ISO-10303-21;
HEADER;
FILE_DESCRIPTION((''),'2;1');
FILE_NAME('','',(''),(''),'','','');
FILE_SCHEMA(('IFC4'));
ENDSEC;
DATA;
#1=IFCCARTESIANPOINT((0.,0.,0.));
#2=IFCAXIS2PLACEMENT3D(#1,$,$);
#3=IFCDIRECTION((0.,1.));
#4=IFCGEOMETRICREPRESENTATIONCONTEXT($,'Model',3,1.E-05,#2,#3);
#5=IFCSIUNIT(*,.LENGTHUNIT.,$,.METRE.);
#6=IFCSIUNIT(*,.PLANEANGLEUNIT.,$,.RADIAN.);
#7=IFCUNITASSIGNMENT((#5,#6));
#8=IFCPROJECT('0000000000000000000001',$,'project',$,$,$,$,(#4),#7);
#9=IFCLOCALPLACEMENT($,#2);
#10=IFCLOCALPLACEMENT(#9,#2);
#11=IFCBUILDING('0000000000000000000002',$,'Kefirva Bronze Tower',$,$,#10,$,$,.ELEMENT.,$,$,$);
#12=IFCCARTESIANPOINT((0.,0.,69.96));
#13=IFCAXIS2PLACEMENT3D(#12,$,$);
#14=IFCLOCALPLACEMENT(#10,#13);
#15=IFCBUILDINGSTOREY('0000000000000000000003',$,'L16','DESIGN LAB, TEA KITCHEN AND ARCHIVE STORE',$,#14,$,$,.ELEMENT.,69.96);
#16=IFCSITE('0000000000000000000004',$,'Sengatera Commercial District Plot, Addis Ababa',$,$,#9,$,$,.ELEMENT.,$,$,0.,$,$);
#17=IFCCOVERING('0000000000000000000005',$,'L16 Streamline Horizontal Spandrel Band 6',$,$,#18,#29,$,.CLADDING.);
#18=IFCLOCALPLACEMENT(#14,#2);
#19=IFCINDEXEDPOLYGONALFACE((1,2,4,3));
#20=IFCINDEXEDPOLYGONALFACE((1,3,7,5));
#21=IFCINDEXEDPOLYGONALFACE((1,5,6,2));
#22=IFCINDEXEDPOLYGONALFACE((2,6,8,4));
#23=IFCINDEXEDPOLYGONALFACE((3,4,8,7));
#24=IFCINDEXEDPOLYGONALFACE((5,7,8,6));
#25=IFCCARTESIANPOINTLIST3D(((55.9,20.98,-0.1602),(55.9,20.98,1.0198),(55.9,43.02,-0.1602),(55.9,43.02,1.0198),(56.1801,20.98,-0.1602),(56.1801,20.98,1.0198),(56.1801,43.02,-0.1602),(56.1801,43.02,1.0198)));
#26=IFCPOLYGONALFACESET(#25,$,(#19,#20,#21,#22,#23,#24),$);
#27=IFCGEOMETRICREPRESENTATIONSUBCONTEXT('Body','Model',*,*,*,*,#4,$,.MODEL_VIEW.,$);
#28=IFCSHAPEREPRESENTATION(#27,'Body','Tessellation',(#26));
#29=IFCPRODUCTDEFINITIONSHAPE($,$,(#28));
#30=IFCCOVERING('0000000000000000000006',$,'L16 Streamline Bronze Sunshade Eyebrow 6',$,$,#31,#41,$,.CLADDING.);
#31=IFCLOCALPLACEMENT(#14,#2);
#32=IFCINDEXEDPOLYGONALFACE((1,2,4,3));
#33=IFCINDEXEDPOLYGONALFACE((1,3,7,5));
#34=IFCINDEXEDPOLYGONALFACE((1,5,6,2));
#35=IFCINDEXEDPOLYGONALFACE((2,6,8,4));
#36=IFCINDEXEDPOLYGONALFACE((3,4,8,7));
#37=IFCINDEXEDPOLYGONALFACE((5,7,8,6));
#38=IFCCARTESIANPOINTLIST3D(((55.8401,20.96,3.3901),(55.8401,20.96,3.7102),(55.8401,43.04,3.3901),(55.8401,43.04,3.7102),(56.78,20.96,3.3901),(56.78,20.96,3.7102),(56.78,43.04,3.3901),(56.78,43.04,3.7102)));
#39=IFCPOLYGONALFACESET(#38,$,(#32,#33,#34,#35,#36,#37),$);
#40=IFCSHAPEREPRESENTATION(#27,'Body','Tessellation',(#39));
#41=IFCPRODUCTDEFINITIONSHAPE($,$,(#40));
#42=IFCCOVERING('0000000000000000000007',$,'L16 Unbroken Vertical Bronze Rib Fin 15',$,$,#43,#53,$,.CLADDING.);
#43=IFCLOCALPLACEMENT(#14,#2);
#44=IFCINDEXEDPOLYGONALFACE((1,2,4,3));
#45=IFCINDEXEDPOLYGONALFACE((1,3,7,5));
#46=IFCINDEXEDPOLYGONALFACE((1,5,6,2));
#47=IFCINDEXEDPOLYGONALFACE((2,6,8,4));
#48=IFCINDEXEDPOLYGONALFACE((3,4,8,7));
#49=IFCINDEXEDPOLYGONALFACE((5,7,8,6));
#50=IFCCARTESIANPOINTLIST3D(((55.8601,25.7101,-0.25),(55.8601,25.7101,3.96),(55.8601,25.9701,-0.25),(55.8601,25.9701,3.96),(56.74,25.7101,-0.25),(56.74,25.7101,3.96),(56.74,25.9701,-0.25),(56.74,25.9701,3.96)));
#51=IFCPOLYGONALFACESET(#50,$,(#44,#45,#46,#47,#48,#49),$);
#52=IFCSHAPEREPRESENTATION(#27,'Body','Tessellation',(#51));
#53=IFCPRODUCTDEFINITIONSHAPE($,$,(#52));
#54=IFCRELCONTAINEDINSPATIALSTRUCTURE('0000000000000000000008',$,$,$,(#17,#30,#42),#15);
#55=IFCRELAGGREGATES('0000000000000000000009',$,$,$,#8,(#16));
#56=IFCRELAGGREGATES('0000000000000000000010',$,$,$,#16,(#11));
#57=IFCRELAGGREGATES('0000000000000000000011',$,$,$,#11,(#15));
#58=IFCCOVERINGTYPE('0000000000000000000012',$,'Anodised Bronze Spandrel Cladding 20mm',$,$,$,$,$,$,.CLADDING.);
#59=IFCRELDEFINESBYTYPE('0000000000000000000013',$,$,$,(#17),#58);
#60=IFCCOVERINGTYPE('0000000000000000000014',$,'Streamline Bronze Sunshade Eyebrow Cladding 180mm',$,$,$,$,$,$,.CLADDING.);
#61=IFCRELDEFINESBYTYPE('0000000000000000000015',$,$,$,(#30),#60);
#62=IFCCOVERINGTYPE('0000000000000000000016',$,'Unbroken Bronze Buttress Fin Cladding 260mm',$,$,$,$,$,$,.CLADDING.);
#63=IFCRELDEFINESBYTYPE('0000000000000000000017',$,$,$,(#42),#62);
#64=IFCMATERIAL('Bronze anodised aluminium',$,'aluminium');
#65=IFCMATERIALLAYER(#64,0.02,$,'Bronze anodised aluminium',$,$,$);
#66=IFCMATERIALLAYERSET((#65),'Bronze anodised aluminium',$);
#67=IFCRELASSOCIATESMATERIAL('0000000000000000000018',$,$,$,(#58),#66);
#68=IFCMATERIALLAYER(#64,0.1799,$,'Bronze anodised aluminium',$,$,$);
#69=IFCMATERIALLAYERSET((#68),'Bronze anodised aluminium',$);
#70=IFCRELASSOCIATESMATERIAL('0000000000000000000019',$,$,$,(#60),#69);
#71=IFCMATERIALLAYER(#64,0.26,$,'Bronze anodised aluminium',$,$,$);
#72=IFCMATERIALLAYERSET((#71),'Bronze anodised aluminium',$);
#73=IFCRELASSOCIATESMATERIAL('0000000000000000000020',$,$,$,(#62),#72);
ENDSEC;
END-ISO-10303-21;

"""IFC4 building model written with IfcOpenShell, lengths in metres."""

from ifc_helpers import new_model, si_unit, direction, frame, origin, origin_2d, place, context, subcontext, project, spatial, rectangle, extrude, material, layer, layer_set, type_object, element, save


model = new_model("IFC4")

# Units and contexts
model_context = context("Model", 3, precision=1e-05, world=origin(), true_north=direction((0.0, 1.0)))
body_context = subcontext(model_context, "Body", "Model", "MODEL_VIEW")
ifc_project = project(units=[si_unit("LENGTHUNIT", "METRE"), si_unit("PLANEANGLEUNIT", "RADIAN")], contexts=[model_context])

# Site, building, storey
site_placement = place(None, origin())
site = spatial("IfcSite", under=ifc_project, at=site_placement, Name="Sengatera Commercial District Plot, Addis Ababa", CompositionType="ELEMENT", RefElevation=0.0)
building_placement = place(site_placement, origin())
building = spatial("IfcBuilding", under=site, at=building_placement, Name="Kefirva Bronze Tower", CompositionType="ELEMENT")
storey_placement = place(building_placement, frame((0.0, 0.0, 69.96)))
storey = spatial("IfcBuildingStorey", under=building, at=storey_placement, Name="L16", Description="DESIGN LAB, TEA KITCHEN AND ARCHIVE STORE", CompositionType="ELEMENT", Elevation=69.96)

# Shared definitions
ifc_material_1 = material(Name="Bronze anodised aluminium", Category="aluminium")

# Coverings
ifc_layer_1 = layer(ifc_material_1, 0.02, Name="Bronze anodised aluminium")
ifc_layer_set_1 = layer_set([ifc_layer_1], Name="Bronze anodised aluminium")
covering_type_1 = type_object("IfcCoveringType", Name="Anodised Bronze Spandrel Cladding 20mm", PredefinedType="CLADDING", material=ifc_layer_set_1)
covering_1_placement = place(storey_placement, frame((56.04, 32.0, -0.1602), z_axis=(0.0, 0.0, 1.0), x_axis=(0.0, 1.0, 0.0)))
element("IfcCovering", 1, at=covering_1_placement, inside=storey, type_object=covering_type_1, Name="L16 Streamline Horizontal Spandrel Band 6", PredefinedType="CLADDING", context=body_context, shape_type="SweptSolid", body=[
    extrude(rectangle(XDim=22.04, YDim=0.28, at=origin_2d()), origin(), (0.0, 0.0, 1.0), 1.1799),
])
ifc_layer_2 = layer(ifc_material_1, 0.1799, Name="Bronze anodised aluminium")
ifc_layer_set_2 = layer_set([ifc_layer_2], Name="Bronze anodised aluminium")
covering_type_2 = type_object("IfcCoveringType", Name="Streamline Bronze Sunshade Eyebrow Cladding 180mm", PredefinedType="CLADDING", material=ifc_layer_set_2)
covering_2_placement = place(storey_placement, frame((56.3101, 32.0, 3.3901), z_axis=(0.0, 0.0, 1.0), x_axis=(0.0, 1.0, 0.0)))
element("IfcCovering", 2, at=covering_2_placement, inside=storey, type_object=covering_type_2, Name="L16 Streamline Bronze Sunshade Eyebrow 6", PredefinedType="CLADDING", context=body_context, shape_type="SweptSolid", body=[
    extrude(rectangle(XDim=22.0801, YDim=0.9399, at=origin_2d()), origin(), (0.0, 0.0, 1.0), 0.3201),
])
ifc_layer_3 = layer(ifc_material_1, 0.26, Name="Bronze anodised aluminium")
ifc_layer_set_3 = layer_set([ifc_layer_3], Name="Bronze anodised aluminium")
covering_type_3 = type_object("IfcCoveringType", Name="Unbroken Bronze Buttress Fin Cladding 260mm", PredefinedType="CLADDING", material=ifc_layer_set_3)
covering_3_placement = place(storey_placement, frame((56.3, 25.8401, -0.25), z_axis=(0.0, 0.0, 1.0), x_axis=(0.0, 1.0, 0.0)))
element("IfcCovering", 3, at=covering_3_placement, inside=storey, type_object=covering_type_3, Name="L16 Unbroken Vertical Bronze Rib Fin 15", PredefinedType="CLADDING", context=body_context, shape_type="SweptSolid", body=[
    extrude(rectangle(XDim=0.26, YDim=0.8799, at=origin_2d()), origin(), (0.0, 0.0, 1.0), 4.21),
])

save(model, "model.ifc")
